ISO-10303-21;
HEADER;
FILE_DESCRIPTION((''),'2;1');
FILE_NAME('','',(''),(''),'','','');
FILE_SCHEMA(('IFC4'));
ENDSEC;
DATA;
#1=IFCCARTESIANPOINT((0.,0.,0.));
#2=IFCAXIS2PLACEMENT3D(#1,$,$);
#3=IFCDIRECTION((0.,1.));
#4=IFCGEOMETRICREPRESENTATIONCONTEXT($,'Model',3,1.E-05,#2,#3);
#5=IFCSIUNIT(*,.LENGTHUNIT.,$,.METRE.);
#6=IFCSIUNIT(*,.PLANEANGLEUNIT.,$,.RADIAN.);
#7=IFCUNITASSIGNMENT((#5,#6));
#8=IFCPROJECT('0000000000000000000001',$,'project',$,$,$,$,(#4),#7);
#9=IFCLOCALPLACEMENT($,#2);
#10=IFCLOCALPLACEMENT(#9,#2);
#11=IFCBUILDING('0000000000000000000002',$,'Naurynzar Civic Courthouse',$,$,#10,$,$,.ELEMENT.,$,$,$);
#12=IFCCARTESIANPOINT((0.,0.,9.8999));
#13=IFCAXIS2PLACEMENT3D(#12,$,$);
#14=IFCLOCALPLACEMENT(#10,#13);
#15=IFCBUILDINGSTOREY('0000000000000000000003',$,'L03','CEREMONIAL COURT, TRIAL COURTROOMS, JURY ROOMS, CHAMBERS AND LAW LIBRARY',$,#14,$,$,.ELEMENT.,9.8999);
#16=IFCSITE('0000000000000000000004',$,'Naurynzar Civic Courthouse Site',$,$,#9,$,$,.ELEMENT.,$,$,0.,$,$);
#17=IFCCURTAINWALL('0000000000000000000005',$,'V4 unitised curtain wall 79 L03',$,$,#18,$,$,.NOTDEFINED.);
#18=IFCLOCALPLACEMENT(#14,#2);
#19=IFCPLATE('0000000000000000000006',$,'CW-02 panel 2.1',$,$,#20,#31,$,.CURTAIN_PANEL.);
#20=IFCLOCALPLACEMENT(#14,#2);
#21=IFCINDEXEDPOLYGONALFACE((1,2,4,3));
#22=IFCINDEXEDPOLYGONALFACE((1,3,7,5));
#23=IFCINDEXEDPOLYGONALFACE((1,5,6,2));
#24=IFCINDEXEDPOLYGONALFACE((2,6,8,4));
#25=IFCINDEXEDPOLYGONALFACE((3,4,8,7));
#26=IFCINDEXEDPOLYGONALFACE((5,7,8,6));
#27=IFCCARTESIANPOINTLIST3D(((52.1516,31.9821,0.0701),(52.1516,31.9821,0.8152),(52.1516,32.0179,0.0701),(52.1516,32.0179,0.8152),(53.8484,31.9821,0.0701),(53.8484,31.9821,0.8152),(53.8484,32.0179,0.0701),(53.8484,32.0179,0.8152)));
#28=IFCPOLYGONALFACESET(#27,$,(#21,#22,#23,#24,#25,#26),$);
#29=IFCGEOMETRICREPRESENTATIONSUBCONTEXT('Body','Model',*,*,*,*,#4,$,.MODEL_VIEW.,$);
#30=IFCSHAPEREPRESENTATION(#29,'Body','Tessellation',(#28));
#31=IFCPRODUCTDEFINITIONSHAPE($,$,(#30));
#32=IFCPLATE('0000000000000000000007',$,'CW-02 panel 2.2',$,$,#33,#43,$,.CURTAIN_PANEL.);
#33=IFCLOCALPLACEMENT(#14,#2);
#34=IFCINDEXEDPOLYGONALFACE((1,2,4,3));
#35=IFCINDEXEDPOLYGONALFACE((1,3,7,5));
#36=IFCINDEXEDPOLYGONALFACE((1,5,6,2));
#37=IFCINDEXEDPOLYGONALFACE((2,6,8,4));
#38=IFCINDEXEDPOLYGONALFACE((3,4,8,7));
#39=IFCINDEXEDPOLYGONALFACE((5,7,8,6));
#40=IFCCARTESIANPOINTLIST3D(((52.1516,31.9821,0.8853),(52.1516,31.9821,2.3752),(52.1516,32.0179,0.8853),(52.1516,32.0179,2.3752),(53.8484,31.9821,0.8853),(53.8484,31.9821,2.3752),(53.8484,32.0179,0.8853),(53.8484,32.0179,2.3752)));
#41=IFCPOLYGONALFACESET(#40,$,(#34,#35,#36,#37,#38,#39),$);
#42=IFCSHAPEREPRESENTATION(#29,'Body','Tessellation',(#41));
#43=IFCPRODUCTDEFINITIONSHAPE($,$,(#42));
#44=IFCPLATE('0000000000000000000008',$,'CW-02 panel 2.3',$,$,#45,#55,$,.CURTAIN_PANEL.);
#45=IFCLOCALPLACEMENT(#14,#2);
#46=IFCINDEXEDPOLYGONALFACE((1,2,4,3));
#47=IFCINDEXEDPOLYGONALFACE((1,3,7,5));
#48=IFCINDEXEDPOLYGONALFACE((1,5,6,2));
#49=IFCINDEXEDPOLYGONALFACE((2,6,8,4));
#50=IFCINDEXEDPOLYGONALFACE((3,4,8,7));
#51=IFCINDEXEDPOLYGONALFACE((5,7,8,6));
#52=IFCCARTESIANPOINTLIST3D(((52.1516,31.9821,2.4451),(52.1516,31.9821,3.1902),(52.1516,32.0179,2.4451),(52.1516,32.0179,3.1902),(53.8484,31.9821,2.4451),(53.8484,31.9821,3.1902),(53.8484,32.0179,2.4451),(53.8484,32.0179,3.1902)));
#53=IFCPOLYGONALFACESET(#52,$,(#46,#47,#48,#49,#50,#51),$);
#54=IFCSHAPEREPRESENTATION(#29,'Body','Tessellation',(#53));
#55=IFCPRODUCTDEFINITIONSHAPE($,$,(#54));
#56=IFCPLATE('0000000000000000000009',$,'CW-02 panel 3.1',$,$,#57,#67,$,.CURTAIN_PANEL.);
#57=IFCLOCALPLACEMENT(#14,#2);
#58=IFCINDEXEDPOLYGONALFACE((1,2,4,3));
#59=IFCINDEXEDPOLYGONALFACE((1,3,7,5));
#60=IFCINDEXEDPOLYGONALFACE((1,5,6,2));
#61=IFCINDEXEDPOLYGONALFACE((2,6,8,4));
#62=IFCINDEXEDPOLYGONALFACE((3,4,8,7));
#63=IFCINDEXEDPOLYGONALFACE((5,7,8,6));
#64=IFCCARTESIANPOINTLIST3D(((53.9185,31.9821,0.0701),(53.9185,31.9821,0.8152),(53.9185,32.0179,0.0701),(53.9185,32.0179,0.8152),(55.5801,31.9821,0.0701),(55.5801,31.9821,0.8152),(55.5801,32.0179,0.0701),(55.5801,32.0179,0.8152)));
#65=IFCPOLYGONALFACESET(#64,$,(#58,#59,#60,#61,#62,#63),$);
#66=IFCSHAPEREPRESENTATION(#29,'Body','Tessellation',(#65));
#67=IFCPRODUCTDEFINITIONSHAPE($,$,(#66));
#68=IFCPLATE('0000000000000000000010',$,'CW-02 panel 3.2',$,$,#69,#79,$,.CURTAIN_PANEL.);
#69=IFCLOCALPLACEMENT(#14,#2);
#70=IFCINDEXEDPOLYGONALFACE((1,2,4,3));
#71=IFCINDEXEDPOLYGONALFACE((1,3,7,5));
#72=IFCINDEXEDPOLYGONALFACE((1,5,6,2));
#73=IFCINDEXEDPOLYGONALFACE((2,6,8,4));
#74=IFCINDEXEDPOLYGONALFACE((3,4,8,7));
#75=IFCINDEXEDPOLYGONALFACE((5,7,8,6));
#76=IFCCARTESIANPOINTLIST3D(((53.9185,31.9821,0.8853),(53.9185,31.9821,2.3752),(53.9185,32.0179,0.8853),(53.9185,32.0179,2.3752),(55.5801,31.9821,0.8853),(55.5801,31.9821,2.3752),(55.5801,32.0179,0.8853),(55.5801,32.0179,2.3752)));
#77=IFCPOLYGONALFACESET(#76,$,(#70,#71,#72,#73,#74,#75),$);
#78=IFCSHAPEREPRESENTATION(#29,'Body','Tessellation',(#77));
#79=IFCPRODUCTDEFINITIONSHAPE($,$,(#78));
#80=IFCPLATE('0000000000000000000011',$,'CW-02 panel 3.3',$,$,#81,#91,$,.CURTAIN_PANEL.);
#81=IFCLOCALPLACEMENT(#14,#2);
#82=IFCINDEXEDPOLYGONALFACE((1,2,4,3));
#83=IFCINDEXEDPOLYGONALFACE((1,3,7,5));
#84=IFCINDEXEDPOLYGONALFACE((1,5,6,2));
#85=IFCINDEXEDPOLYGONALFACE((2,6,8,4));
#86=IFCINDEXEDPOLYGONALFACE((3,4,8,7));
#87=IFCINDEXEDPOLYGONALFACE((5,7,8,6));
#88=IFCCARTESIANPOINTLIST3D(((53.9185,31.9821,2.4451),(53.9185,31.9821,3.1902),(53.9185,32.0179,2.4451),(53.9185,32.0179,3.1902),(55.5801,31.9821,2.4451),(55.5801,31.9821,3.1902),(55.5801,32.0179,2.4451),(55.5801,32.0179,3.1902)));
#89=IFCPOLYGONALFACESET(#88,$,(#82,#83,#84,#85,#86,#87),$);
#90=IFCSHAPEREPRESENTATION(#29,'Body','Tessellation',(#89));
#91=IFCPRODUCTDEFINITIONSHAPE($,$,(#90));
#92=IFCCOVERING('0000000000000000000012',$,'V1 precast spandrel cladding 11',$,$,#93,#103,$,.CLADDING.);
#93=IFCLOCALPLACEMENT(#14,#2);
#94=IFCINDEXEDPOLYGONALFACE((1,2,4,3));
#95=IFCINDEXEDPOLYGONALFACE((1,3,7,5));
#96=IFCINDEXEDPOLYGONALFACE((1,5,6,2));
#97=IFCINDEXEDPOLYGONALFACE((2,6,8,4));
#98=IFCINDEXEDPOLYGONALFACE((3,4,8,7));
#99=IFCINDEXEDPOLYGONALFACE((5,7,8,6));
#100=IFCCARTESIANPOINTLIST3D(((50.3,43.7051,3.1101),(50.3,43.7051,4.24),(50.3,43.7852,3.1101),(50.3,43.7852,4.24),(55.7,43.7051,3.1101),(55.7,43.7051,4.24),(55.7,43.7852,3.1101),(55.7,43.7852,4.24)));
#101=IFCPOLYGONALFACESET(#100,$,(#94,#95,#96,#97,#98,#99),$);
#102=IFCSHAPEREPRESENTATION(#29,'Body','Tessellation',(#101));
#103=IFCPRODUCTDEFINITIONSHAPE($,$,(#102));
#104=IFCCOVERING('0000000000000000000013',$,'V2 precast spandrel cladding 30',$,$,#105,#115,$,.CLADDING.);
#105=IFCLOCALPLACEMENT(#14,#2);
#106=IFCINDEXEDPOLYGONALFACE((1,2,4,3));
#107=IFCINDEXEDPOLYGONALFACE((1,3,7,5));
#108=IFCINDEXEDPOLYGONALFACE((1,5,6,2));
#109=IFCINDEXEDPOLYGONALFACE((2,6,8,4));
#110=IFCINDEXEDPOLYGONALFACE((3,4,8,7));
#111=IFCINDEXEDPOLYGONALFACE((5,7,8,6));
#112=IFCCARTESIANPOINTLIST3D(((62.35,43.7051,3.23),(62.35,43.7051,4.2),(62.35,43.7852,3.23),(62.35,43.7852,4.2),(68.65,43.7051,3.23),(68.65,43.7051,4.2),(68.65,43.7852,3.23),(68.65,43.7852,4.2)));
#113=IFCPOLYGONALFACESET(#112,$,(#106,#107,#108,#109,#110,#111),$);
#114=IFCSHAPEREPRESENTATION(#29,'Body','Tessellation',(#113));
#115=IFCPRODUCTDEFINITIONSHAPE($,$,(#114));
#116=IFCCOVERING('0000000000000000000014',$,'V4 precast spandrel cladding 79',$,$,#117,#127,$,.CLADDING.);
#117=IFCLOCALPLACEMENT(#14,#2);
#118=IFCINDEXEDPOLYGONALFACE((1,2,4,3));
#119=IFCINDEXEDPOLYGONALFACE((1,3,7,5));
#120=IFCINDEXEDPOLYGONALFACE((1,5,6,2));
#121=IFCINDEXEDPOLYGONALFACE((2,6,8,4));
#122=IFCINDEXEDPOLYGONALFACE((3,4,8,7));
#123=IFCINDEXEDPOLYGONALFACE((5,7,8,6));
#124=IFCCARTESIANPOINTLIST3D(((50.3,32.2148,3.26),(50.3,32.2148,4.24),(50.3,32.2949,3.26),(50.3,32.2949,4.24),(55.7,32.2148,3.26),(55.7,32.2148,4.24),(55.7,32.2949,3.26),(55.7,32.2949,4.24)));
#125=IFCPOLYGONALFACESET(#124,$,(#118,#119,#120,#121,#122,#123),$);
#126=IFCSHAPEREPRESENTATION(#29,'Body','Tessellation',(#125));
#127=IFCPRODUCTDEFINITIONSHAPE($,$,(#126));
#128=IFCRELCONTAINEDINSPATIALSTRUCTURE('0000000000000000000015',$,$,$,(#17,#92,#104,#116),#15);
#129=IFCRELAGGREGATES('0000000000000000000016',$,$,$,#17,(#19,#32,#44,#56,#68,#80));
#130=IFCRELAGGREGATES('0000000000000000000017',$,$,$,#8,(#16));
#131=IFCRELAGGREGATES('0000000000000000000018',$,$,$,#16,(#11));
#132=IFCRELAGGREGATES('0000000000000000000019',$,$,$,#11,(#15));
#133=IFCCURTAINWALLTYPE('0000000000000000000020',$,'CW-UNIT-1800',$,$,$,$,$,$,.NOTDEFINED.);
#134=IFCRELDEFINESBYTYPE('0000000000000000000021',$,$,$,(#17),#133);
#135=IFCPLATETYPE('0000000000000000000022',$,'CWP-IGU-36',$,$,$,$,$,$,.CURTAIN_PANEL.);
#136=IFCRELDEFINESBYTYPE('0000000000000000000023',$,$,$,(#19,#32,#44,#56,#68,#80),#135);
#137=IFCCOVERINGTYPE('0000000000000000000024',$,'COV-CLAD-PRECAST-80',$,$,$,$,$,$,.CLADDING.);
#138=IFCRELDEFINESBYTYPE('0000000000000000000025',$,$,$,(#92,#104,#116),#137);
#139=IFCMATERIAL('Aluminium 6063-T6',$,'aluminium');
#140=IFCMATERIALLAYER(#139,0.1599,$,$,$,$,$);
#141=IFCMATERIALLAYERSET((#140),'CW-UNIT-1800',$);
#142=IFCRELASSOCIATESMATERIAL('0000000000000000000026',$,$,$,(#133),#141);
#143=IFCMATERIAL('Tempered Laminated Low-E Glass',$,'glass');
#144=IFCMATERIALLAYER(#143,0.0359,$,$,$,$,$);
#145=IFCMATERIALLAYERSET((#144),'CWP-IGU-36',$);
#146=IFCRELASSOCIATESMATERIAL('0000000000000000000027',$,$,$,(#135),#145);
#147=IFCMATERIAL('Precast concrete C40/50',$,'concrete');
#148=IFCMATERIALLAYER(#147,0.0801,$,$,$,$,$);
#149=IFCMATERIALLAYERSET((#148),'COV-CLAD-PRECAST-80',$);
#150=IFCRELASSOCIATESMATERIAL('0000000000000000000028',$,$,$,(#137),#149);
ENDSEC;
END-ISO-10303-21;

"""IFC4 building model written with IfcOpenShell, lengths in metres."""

from ifc_helpers import new_model, si_unit, direction, frame, origin, origin_2d, place, context, subcontext, project, spatial, rectangle, extrude, material, layer, layer_set, type_object, element, aggregate, save


model = new_model("IFC4")

# Units and contexts
model_context = context("Model", 3, precision=1e-05, world=origin(), true_north=direction((0.0, 1.0)))
body_context = subcontext(model_context, "Body", "Model", "MODEL_VIEW")
ifc_project = project(units=[si_unit("LENGTHUNIT", "METRE"), si_unit("PLANEANGLEUNIT", "RADIAN")], contexts=[model_context])

# Site, building, storey
site_placement = place(None, origin())
site = spatial("IfcSite", under=ifc_project, at=site_placement, Name="Naurynzar Civic Courthouse Site", CompositionType="ELEMENT", RefElevation=0.0)
building_placement = place(site_placement, origin())
building = spatial("IfcBuilding", under=site, at=building_placement, Name="Naurynzar Civic Courthouse", CompositionType="ELEMENT")
storey_placement = place(building_placement, frame((0.0, 0.0, 9.8999)))
storey = spatial("IfcBuildingStorey", under=building, at=storey_placement, Name="L03", Description="CEREMONIAL COURT, TRIAL COURTROOMS, JURY ROOMS, CHAMBERS AND LAW LIBRARY", CompositionType="ELEMENT", Elevation=9.8999)

# Curtain wall
ifc_material_1 = material(Name="Aluminium 6063-T6", Category="aluminium")
ifc_layer_1 = layer(ifc_material_1, 0.1599)
ifc_layer_set_1 = layer_set([ifc_layer_1], Name="CW-UNIT-1800")
curtain_wall_type = type_object("IfcCurtainWallType", Name="CW-UNIT-1800", PredefinedType="NOTDEFINED", material=ifc_layer_set_1)
curtain_wall_1_placement = place(storey_placement, origin())
curtain_wall_1 = element("IfcCurtainWall", 1, at=curtain_wall_1_placement, inside=storey, type_object=curtain_wall_type, Name="V4 unitised curtain wall 79 L03", PredefinedType="NOTDEFINED")

# Plates
ifc_material_2 = material(Name="Tempered Laminated Low-E Glass", Category="glass")
ifc_layer_2 = layer(ifc_material_2, 0.0359)
ifc_layer_set_2 = layer_set([ifc_layer_2], Name="CWP-IGU-36")
plate_type = type_object("IfcPlateType", Name="CWP-IGU-36", PredefinedType="CURTAIN_PANEL", material=ifc_layer_set_2)
plate_1_placement = place(storey_placement, frame((53.0, 32.0, 0.0701), z_axis=(0.0, 0.0, 1.0), x_axis=(1.0, 0.0, 0.0)))
plate_1 = element("IfcPlate", 2, at=plate_1_placement, type_object=plate_type, Name="CW-02 panel 2.1", PredefinedType="CURTAIN_PANEL", context=body_context, shape_type="SweptSolid", body=[
    extrude(rectangle(XDim=1.6968, YDim=0.0359, at=origin_2d()), origin(), (0.0, 0.0, 1.0), 0.7451),
])
plate_2_placement = place(storey_placement, frame((53.0, 32.0, 0.8853), z_axis=(0.0, 0.0, 1.0), x_axis=(1.0, 0.0, 0.0)))
plate_2 = element("IfcPlate", 3, at=plate_2_placement, type_object=plate_type, Name="CW-02 panel 2.2", PredefinedType="CURTAIN_PANEL", context=body_context, shape_type="SweptSolid", body=[
    extrude(rectangle(XDim=1.6968, YDim=0.0359, at=origin_2d()), origin(), (0.0, 0.0, 1.0), 1.49),
])
plate_3_placement = place(storey_placement, frame((53.0, 32.0, 2.4451), z_axis=(0.0, 0.0, 1.0), x_axis=(1.0, 0.0, 0.0)))
plate_3 = element("IfcPlate", 4, at=plate_3_placement, type_object=plate_type, Name="CW-02 panel 2.3", PredefinedType="CURTAIN_PANEL", context=body_context, shape_type="SweptSolid", body=[
    extrude(rectangle(XDim=1.6968, YDim=0.0359, at=origin_2d()), origin(), (0.0, 0.0, 1.0), 0.7451),
])
plate_4_placement = place(storey_placement, frame((54.7493, 32.0, 0.0701), z_axis=(0.0, 0.0, 1.0), x_axis=(1.0, 0.0, 0.0)))
plate_4 = element("IfcPlate", 5, at=plate_4_placement, type_object=plate_type, Name="CW-02 panel 3.1", PredefinedType="CURTAIN_PANEL", context=body_context, shape_type="SweptSolid", body=[
    extrude(rectangle(XDim=1.6616, YDim=0.0359, at=origin_2d()), origin(), (0.0, 0.0, 1.0), 0.7451),
])
plate_5_placement = place(storey_placement, frame((54.7493, 32.0, 0.8853), z_axis=(0.0, 0.0, 1.0), x_axis=(1.0, 0.0, 0.0)))
plate_5 = element("IfcPlate", 6, at=plate_5_placement, type_object=plate_type, Name="CW-02 panel 3.2", PredefinedType="CURTAIN_PANEL", context=body_context, shape_type="SweptSolid", body=[
    extrude(rectangle(XDim=1.6616, YDim=0.0359, at=origin_2d()), origin(), (0.0, 0.0, 1.0), 1.49),
])
plate_6_placement = place(storey_placement, frame((54.7493, 32.0, 2.4451), z_axis=(0.0, 0.0, 1.0), x_axis=(1.0, 0.0, 0.0)))
plate_6 = element("IfcPlate", 7, at=plate_6_placement, type_object=plate_type, Name="CW-02 panel 3.3", PredefinedType="CURTAIN_PANEL", context=body_context, shape_type="SweptSolid", body=[
    extrude(rectangle(XDim=1.6616, YDim=0.0359, at=origin_2d()), origin(), (0.0, 0.0, 1.0), 0.7451),
])
aggregate(curtain_wall_1, [plate_1, plate_2, plate_3, plate_4, plate_5, plate_6])

# Coverings
ifc_material_3 = material(Name="Precast concrete C40/50", Category="concrete")
ifc_layer_3 = layer(ifc_material_3, 0.0801)
ifc_layer_set_3 = layer_set([ifc_layer_3], Name="COV-CLAD-PRECAST-80")
covering_type = type_object("IfcCoveringType", Name="COV-CLAD-PRECAST-80", PredefinedType="CLADDING", material=ifc_layer_set_3)
covering_1_placement = place(storey_placement, frame((53.0, 43.7451, 3.1101), z_axis=(0.0, 0.0, 1.0), x_axis=(-1.0, 0.0, 0.0)))
element("IfcCovering", 8, at=covering_1_placement, inside=storey, type_object=covering_type, Name="V1 precast spandrel cladding 11", PredefinedType="CLADDING", context=body_context, shape_type="SweptSolid", body=[
    extrude(rectangle(XDim=5.3999, YDim=0.0801, at=origin_2d()), origin(), (0.0, 0.0, 1.0), 1.1299),
])
covering_2_placement = place(storey_placement, frame((65.5, 43.7451, 3.23), z_axis=(0.0, 0.0, 1.0), x_axis=(-1.0, 0.0, 0.0)))
element("IfcCovering", 9, at=covering_2_placement, inside=storey, type_object=covering_type, Name="V2 precast spandrel cladding 30", PredefinedType="CLADDING", context=body_context, shape_type="SweptSolid", body=[
    extrude(rectangle(XDim=6.3, YDim=0.0801, at=origin_2d()), origin(), (0.0, 0.0, 1.0), 0.97),
])
covering_3_placement = place(storey_placement, frame((53.0, 32.2549, 3.26), z_axis=(0.0, 0.0, 1.0), x_axis=(1.0, 0.0, 0.0)))
element("IfcCovering", 10, at=covering_3_placement, inside=storey, type_object=covering_type, Name="V4 precast spandrel cladding 79", PredefinedType="CLADDING", context=body_context, shape_type="SweptSolid", body=[
    extrude(rectangle(XDim=5.3999, YDim=0.0801, at=origin_2d()), origin(), (0.0, 0.0, 1.0), 0.98),
])

save(model, "model.ifc")
